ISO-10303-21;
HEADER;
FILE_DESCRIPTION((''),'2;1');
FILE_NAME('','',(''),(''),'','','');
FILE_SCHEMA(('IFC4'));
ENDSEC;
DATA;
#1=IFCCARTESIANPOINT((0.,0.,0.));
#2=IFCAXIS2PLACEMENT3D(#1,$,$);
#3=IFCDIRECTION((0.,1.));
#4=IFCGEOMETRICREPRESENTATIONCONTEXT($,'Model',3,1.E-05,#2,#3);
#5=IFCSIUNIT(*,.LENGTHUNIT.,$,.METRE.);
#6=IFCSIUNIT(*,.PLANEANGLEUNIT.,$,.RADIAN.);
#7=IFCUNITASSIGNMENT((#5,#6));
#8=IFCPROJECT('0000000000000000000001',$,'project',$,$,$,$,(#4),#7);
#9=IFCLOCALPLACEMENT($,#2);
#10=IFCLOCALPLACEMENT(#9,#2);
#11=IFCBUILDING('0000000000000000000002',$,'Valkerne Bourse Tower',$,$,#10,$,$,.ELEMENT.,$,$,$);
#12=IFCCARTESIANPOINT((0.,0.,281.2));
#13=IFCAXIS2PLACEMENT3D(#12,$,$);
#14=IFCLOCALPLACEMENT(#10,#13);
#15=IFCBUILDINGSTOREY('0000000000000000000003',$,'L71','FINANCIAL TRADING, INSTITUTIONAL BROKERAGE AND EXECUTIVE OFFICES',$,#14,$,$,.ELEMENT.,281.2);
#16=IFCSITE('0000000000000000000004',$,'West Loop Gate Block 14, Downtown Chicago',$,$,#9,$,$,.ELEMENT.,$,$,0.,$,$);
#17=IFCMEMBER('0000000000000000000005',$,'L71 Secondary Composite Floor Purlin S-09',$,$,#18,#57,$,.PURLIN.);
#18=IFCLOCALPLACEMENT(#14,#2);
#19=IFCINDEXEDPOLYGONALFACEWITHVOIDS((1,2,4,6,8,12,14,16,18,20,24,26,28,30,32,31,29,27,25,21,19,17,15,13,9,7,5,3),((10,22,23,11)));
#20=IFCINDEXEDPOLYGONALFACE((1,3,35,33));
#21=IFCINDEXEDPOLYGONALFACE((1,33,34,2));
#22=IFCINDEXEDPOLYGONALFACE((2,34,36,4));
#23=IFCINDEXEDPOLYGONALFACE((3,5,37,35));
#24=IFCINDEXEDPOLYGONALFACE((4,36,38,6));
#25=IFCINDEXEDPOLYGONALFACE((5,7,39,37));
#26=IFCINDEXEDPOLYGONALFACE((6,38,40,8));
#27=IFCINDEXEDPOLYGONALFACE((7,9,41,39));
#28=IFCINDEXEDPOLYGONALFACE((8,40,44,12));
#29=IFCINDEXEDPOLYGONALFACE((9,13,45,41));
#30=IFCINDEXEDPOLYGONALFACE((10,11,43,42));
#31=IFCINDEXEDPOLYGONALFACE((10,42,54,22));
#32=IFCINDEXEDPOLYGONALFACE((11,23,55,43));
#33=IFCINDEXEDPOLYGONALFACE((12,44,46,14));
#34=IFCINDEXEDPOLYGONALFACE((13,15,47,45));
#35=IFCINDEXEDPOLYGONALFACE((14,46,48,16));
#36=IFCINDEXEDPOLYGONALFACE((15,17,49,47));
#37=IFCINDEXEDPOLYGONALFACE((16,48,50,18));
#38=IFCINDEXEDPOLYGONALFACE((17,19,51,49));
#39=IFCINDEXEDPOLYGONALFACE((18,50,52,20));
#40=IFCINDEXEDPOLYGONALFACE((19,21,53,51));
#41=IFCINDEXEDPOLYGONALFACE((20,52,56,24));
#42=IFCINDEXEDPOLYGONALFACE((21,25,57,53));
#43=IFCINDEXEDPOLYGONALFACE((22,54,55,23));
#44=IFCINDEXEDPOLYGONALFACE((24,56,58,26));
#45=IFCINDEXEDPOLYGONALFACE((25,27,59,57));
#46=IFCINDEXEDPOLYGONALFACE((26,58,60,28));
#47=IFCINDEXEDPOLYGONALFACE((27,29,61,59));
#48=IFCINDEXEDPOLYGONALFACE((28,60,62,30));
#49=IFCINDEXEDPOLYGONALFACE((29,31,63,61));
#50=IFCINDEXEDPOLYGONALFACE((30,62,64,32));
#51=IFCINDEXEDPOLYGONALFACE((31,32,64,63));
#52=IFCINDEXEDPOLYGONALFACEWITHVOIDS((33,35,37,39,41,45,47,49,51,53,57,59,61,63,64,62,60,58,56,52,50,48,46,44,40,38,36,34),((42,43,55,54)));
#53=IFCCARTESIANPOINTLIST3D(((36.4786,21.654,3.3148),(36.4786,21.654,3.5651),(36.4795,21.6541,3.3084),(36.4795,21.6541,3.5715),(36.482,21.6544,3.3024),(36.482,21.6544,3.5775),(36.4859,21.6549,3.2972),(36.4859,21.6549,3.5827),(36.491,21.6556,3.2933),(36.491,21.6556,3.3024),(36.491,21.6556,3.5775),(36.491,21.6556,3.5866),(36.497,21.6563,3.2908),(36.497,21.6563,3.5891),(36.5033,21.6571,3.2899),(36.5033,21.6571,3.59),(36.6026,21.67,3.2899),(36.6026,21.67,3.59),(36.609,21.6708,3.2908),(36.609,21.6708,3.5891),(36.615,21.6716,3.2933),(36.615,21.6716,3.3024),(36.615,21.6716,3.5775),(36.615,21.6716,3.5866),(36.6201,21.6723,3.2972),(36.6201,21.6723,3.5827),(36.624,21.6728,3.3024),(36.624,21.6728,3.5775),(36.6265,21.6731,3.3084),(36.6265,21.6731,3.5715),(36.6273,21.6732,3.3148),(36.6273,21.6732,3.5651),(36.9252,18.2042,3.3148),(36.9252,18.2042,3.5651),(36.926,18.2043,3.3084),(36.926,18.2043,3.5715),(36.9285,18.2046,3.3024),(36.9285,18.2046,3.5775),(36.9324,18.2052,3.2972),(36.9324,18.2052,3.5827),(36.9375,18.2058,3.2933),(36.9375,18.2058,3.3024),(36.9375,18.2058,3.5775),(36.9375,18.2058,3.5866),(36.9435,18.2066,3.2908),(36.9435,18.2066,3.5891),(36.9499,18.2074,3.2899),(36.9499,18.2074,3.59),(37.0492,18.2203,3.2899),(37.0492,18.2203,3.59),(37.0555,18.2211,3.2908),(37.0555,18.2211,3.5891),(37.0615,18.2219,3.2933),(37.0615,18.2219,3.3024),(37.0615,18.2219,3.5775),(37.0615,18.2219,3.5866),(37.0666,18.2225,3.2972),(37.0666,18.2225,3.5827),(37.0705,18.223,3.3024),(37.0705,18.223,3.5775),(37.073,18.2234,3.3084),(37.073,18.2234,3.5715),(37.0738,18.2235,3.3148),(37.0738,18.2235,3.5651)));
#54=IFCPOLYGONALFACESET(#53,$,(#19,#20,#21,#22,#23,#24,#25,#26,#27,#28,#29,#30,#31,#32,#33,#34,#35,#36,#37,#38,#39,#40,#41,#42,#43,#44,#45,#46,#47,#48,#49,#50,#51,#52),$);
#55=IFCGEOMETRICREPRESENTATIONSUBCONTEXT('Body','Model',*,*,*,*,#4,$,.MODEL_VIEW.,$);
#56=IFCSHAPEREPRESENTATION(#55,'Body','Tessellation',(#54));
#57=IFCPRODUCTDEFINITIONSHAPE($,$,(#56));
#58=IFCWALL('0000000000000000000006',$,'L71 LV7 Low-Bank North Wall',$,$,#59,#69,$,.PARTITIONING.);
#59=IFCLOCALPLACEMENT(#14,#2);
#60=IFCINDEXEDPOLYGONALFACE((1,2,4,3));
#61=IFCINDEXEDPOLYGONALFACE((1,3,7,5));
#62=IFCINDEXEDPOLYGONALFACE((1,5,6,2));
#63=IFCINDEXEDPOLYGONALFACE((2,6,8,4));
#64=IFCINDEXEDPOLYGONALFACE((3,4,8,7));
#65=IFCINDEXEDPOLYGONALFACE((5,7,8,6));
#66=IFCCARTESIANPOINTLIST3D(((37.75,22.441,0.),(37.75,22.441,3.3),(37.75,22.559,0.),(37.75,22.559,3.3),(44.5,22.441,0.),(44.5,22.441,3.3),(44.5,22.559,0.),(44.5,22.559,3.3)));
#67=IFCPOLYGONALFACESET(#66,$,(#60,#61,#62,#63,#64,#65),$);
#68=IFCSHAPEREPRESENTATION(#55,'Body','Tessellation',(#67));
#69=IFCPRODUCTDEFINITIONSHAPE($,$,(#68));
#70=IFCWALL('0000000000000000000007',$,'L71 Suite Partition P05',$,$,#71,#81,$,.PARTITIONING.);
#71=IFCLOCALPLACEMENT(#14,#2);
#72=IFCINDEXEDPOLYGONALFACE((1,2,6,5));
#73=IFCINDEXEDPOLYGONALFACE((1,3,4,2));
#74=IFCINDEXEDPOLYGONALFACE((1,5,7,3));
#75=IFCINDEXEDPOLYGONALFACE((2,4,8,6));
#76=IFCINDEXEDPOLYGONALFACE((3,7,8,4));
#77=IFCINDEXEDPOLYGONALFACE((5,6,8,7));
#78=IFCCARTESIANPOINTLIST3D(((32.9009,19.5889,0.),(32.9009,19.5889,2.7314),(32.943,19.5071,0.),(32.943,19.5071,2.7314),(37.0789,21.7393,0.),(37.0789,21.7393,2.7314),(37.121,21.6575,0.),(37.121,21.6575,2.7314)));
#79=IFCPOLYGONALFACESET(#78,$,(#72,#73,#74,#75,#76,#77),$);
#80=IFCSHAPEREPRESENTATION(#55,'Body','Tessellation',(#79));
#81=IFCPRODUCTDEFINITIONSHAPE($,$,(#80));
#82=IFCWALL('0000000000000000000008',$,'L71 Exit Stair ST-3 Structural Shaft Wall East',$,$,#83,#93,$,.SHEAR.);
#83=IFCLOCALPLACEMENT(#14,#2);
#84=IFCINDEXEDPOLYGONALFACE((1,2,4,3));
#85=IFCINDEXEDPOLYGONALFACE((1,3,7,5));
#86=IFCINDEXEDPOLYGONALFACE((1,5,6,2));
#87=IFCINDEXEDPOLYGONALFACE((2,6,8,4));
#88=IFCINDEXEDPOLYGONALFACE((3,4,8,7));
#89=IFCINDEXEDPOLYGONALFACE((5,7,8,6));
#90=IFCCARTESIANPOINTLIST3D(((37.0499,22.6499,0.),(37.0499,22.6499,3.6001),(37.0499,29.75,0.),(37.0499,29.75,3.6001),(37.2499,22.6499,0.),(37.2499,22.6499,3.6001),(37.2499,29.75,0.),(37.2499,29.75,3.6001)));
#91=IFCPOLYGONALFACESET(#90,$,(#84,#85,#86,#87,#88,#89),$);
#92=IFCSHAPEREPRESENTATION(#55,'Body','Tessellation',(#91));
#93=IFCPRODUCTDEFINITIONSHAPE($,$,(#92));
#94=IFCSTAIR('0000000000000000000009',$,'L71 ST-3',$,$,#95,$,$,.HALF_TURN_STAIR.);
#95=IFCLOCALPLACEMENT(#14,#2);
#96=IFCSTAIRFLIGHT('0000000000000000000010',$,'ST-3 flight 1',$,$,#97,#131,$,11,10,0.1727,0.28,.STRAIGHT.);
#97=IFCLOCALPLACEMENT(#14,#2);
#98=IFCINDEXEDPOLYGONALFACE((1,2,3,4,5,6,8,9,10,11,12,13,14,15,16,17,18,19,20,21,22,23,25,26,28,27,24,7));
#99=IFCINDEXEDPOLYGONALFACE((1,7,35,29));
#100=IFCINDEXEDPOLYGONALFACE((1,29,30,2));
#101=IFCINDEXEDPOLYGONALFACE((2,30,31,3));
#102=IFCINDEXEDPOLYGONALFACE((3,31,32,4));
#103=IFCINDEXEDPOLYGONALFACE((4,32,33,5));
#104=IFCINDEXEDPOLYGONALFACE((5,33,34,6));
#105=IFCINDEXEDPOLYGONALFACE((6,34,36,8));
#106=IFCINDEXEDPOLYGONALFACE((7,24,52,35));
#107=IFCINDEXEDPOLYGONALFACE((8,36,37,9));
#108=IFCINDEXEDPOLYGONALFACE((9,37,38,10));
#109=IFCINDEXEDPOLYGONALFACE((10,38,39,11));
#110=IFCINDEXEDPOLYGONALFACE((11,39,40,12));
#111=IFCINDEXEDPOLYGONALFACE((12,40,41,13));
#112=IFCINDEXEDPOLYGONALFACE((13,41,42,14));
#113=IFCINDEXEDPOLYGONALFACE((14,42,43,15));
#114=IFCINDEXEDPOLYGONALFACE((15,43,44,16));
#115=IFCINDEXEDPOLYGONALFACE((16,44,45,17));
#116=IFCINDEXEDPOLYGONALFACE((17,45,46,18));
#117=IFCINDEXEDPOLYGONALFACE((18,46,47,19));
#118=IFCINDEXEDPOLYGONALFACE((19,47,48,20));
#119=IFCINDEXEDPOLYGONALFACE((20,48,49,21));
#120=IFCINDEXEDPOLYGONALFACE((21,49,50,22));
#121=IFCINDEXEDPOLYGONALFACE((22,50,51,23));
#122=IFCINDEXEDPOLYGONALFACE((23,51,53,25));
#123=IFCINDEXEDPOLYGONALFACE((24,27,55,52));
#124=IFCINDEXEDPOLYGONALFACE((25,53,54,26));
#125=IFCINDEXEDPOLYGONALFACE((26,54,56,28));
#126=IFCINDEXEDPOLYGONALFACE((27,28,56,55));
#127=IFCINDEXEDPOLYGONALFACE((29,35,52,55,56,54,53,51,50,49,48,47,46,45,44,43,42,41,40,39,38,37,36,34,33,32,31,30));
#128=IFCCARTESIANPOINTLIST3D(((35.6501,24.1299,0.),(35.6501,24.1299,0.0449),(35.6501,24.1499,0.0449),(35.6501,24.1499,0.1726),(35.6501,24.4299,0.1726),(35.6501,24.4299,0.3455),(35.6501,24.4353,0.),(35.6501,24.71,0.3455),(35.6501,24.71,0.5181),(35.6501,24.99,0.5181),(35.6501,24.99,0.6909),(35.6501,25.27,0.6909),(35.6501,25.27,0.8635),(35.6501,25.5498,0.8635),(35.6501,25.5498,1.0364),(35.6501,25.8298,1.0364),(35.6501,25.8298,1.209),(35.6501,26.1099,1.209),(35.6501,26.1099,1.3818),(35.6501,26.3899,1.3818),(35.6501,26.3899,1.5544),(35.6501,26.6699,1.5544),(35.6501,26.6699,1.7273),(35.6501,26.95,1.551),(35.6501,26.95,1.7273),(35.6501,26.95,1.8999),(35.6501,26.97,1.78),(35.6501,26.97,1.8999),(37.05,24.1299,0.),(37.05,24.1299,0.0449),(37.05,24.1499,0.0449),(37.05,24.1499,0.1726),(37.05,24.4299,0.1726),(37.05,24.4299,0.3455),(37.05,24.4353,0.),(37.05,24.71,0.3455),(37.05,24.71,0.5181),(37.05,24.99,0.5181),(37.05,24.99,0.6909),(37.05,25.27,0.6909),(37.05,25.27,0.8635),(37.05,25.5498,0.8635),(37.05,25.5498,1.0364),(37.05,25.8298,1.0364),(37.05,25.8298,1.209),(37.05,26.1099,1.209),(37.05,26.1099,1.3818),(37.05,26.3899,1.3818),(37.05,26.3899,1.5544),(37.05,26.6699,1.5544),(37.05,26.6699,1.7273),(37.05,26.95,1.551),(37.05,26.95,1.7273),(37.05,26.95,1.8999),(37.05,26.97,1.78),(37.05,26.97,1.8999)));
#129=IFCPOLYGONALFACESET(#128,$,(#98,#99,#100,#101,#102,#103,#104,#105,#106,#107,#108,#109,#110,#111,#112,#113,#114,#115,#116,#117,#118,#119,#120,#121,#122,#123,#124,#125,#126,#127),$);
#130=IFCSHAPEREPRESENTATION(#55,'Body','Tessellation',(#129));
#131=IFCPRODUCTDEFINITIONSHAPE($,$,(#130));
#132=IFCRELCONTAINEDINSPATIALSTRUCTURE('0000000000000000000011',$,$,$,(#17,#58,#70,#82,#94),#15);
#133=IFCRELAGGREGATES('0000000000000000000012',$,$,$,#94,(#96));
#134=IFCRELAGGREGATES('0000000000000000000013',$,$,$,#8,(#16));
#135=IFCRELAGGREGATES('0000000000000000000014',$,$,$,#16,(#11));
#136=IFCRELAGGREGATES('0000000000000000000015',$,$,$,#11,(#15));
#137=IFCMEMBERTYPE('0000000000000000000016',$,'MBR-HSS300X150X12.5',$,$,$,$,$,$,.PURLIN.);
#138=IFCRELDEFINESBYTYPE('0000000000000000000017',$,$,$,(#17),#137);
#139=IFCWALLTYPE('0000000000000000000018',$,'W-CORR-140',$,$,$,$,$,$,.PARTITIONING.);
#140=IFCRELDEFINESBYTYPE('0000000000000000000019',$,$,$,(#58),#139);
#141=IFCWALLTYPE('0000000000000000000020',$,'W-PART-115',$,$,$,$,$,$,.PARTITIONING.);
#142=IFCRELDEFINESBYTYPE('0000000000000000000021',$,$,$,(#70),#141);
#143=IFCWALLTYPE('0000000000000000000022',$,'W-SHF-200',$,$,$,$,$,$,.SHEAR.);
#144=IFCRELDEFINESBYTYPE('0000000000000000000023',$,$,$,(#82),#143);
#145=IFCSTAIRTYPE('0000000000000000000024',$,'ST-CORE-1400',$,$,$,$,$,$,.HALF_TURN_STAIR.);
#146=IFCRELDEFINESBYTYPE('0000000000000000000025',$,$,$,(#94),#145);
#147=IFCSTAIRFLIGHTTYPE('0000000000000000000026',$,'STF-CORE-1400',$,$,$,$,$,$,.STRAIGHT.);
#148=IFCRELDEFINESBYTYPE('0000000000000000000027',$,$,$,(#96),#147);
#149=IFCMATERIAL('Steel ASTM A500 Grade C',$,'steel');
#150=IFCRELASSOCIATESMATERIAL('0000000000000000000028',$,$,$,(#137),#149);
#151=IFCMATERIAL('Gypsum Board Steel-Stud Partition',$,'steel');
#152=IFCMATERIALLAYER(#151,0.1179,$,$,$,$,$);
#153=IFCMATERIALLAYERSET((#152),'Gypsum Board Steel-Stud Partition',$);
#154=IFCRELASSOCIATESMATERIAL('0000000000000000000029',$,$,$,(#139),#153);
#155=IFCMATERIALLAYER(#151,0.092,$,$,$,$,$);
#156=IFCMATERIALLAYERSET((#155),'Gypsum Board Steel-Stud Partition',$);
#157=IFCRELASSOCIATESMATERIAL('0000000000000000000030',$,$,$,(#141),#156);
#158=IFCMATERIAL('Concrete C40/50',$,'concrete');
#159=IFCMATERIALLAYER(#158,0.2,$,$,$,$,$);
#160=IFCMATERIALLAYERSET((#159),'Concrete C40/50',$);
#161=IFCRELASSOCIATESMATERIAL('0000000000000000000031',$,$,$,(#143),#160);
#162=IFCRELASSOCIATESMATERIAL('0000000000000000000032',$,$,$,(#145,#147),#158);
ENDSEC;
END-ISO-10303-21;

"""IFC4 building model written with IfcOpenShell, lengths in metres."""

from ifc_helpers import new_model, si_unit, direction, frame, frame_2d, origin, origin_2d, place, context, subcontext, project, spatial, polyline, rectangle, hollow_rectangle, outline, extrude, material, layer, layer_set, material_profile, profile_set, type_object, element, aggregate, save


model = new_model("IFC4")

# Units and contexts
model_context = context("Model", 3, precision=1e-05, world=origin(), true_north=direction((0.0, 1.0)))
body_context = subcontext(model_context, "Body", "Model", "MODEL_VIEW")
ifc_project = project(units=[si_unit("LENGTHUNIT", "METRE"), si_unit("PLANEANGLEUNIT", "RADIAN")], contexts=[model_context])

# Site, building, storey
site_placement = place(None, origin())
site = spatial("IfcSite", under=ifc_project, at=site_placement, Name="West Loop Gate Block 14, Downtown Chicago", CompositionType="ELEMENT", RefElevation=0.0)
building_placement = place(site_placement, origin())
building = spatial("IfcBuilding", under=site, at=building_placement, Name="Valkerne Bourse Tower", CompositionType="ELEMENT")
storey_placement = place(building_placement, frame((0.0, 0.0, 281.2)))
storey = spatial("IfcBuildingStorey", under=building, at=storey_placement, Name="L71", Description="FINANCIAL TRADING, INSTITUTIONAL BROKERAGE AND EXECUTIVE OFFICES", CompositionType="ELEMENT", Elevation=281.2)

# Shared definitions
ifc_material_1 = material(Name="Steel ASTM A500 Grade C", Category="steel")

# Member
ifc_material_profile_1 = material_profile(ifc_material_1, hollow_rectangle(XDim=0.1499, YDim=0.3, WallThickness=0.0125, OuterFilletRadius=0.0249, at=origin_2d()), Name="HSS300X150X12.5")
ifc_profile_set_1 = profile_set([ifc_material_profile_1], Name="Steel ASTM A500 Grade C")
member_type = type_object("IfcMemberType", Name="MBR-HSS300X150X12.5", PredefinedType="PURLIN", material=ifc_profile_set_1)
member_placement = place(storey_placement, frame((36.553, 21.6636, 3.4399), z_axis=(0.12837, -0.991726, 0.0), x_axis=(0.991726, 0.12837, 0.0)))
element("IfcMember", 1, at=member_placement, inside=storey, type_object=member_type, Name="L71 Secondary Composite Floor Purlin S-09", PredefinedType="PURLIN", context=body_context, shape_type="SweptSolid", body=[
    extrude(hollow_rectangle(XDim=0.1499, YDim=0.3, WallThickness=0.0125, OuterFilletRadius=0.0249, at=origin_2d()), origin(), (0.0, 0.0, 1.0), 3.4785),
])

# Wall
ifc_material_2 = material(Name="Gypsum Board Steel-Stud Partition", Category="steel")
ifc_layer_1 = layer(ifc_material_2, 0.1179)
ifc_layer_set_1 = layer_set([ifc_layer_1], Name="Gypsum Board Steel-Stud Partition")
wall_type_1 = type_object("IfcWallType", Name="W-CORR-140", PredefinedType="PARTITIONING", material=ifc_layer_set_1)
wall_1_placement = place(storey_placement, frame((37.75, 22.5, 0.0), z_axis=(0.0, 0.0, 1.0), x_axis=(1.0, 0.0, 0.0)))
element("IfcWall", 2, at=wall_1_placement, inside=storey, type_object=wall_type_1, Name="L71 LV7 Low-Bank North Wall", PredefinedType="PARTITIONING", context=body_context, shape_type="SweptSolid", body=[
    extrude(rectangle(XDim=6.75, YDim=0.1179, at=frame_2d((3.375, 0.0))), origin(), (0.0, 0.0, 1.0), 3.3),
])

# Walls
ifc_layer_2 = layer(ifc_material_2, 0.092)
ifc_layer_set_2 = layer_set([ifc_layer_2], Name="Gypsum Board Steel-Stud Partition")
wall_type_2 = type_object("IfcWallType", Name="W-PART-115", PredefinedType="PARTITIONING", material=ifc_layer_set_2)
wall_2_placement = place(storey_placement, frame((37.1001, 21.6985, 0.0), z_axis=(0.0, 0.0, 1.0), x_axis=(-0.889139, -0.457637, 0.0)))
element("IfcWall", 3, at=wall_2_placement, inside=storey, type_object=wall_type_2, Name="L71 Suite Partition P05", PredefinedType="PARTITIONING", context=body_context, shape_type="SweptSolid", body=[
    extrude(rectangle(XDim=4.699, YDim=0.092, at=frame_2d((2.3496, 0.0))), origin(), (0.0, 0.0, 1.0), 2.7314),
])
ifc_material_3 = material(Name="Concrete C40/50", Category="concrete")
ifc_layer_3 = layer(ifc_material_3, 0.2)
ifc_layer_set_3 = layer_set([ifc_layer_3], Name="Concrete C40/50")
wall_type_3 = type_object("IfcWallType", Name="W-SHF-200", PredefinedType="SHEAR", material=ifc_layer_set_3)
wall_3_placement = place(storey_placement, frame((37.1499, 22.6499, 0.0), z_axis=(0.0, 0.0, 1.0), x_axis=(0.0, 1.0, 0.0)))
element("IfcWall", 4, at=wall_3_placement, inside=storey, type_object=wall_type_3, Name="L71 Exit Stair ST-3 Structural Shaft Wall East", PredefinedType="SHEAR", context=body_context, shape_type="SweptSolid", body=[
    extrude(rectangle(XDim=7.1001, YDim=0.2, at=frame_2d((3.55, 0.0))), origin(), (0.0, 0.0, 1.0), 3.6001),
])

# Stair, stair flight
stair_type = type_object("IfcStairType", Name="ST-CORE-1400", PredefinedType="HALF_TURN_STAIR", material=ifc_material_3)
stair_placement = place(storey_placement, origin())
stair = element("IfcStair", 5, at=stair_placement, inside=storey, type_object=stair_type, Name="L71 ST-3", PredefinedType="HALF_TURN_STAIR")
stair_flight_type = type_object("IfcStairFlightType", Name="STF-CORE-1400", PredefinedType="STRAIGHT", material=ifc_material_3)
stair_flight_placement = place(storey_placement, frame((36.3501, 24.1499, 0.0), z_axis=(0.0, 0.0, 1.0), x_axis=(0.0, 1.0, 0.0)))
stair_flight = element("IfcStairFlight", 6, at=stair_flight_placement, type_object=stair_flight_type, Name="ST-3 flight 1", NumberOfRisers=11, NumberOfTreads=10, PredefinedType="STRAIGHT", RiserHeight=0.1727, TreadLength=0.28, context=body_context, shape_type="SweptSolid", body=[
    extrude(outline(polyline([(-0.02, 0.0), (-0.02, 0.0449), (0.0, 0.0449), (0.0, 0.1726), (0.28, 0.1726), (0.28, 0.3455), (0.5601, 0.3455), (0.5601, 0.5181), (0.8401, 0.5181), (0.8401, 0.6909), (1.1201, 0.6909), (1.1201, 0.8635), (1.3999, 0.8635), (1.3999, 1.0364), (1.6799, 1.0364), (1.6799, 1.209), (1.96, 1.209), (1.96, 1.3818), (2.24, 1.3818), (2.24, 1.5544), (2.52, 1.5544), (2.52, 1.7273), (2.8, 1.7273), (2.8, 1.8999), (2.8201, 1.8999), (2.8201, 1.78), (2.8, 1.551), (0.2854, 0.0), (-0.02, 0.0)])), frame((0.0, 0.7, 0.0), z_axis=(0.0, -1.0, 0.0), x_axis=(1.0, 0.0, 0.0)), (0.0, 0.0, 1.0), 1.3999),
])
aggregate(stair, [stair_flight])

save(model, "model.ifc")
